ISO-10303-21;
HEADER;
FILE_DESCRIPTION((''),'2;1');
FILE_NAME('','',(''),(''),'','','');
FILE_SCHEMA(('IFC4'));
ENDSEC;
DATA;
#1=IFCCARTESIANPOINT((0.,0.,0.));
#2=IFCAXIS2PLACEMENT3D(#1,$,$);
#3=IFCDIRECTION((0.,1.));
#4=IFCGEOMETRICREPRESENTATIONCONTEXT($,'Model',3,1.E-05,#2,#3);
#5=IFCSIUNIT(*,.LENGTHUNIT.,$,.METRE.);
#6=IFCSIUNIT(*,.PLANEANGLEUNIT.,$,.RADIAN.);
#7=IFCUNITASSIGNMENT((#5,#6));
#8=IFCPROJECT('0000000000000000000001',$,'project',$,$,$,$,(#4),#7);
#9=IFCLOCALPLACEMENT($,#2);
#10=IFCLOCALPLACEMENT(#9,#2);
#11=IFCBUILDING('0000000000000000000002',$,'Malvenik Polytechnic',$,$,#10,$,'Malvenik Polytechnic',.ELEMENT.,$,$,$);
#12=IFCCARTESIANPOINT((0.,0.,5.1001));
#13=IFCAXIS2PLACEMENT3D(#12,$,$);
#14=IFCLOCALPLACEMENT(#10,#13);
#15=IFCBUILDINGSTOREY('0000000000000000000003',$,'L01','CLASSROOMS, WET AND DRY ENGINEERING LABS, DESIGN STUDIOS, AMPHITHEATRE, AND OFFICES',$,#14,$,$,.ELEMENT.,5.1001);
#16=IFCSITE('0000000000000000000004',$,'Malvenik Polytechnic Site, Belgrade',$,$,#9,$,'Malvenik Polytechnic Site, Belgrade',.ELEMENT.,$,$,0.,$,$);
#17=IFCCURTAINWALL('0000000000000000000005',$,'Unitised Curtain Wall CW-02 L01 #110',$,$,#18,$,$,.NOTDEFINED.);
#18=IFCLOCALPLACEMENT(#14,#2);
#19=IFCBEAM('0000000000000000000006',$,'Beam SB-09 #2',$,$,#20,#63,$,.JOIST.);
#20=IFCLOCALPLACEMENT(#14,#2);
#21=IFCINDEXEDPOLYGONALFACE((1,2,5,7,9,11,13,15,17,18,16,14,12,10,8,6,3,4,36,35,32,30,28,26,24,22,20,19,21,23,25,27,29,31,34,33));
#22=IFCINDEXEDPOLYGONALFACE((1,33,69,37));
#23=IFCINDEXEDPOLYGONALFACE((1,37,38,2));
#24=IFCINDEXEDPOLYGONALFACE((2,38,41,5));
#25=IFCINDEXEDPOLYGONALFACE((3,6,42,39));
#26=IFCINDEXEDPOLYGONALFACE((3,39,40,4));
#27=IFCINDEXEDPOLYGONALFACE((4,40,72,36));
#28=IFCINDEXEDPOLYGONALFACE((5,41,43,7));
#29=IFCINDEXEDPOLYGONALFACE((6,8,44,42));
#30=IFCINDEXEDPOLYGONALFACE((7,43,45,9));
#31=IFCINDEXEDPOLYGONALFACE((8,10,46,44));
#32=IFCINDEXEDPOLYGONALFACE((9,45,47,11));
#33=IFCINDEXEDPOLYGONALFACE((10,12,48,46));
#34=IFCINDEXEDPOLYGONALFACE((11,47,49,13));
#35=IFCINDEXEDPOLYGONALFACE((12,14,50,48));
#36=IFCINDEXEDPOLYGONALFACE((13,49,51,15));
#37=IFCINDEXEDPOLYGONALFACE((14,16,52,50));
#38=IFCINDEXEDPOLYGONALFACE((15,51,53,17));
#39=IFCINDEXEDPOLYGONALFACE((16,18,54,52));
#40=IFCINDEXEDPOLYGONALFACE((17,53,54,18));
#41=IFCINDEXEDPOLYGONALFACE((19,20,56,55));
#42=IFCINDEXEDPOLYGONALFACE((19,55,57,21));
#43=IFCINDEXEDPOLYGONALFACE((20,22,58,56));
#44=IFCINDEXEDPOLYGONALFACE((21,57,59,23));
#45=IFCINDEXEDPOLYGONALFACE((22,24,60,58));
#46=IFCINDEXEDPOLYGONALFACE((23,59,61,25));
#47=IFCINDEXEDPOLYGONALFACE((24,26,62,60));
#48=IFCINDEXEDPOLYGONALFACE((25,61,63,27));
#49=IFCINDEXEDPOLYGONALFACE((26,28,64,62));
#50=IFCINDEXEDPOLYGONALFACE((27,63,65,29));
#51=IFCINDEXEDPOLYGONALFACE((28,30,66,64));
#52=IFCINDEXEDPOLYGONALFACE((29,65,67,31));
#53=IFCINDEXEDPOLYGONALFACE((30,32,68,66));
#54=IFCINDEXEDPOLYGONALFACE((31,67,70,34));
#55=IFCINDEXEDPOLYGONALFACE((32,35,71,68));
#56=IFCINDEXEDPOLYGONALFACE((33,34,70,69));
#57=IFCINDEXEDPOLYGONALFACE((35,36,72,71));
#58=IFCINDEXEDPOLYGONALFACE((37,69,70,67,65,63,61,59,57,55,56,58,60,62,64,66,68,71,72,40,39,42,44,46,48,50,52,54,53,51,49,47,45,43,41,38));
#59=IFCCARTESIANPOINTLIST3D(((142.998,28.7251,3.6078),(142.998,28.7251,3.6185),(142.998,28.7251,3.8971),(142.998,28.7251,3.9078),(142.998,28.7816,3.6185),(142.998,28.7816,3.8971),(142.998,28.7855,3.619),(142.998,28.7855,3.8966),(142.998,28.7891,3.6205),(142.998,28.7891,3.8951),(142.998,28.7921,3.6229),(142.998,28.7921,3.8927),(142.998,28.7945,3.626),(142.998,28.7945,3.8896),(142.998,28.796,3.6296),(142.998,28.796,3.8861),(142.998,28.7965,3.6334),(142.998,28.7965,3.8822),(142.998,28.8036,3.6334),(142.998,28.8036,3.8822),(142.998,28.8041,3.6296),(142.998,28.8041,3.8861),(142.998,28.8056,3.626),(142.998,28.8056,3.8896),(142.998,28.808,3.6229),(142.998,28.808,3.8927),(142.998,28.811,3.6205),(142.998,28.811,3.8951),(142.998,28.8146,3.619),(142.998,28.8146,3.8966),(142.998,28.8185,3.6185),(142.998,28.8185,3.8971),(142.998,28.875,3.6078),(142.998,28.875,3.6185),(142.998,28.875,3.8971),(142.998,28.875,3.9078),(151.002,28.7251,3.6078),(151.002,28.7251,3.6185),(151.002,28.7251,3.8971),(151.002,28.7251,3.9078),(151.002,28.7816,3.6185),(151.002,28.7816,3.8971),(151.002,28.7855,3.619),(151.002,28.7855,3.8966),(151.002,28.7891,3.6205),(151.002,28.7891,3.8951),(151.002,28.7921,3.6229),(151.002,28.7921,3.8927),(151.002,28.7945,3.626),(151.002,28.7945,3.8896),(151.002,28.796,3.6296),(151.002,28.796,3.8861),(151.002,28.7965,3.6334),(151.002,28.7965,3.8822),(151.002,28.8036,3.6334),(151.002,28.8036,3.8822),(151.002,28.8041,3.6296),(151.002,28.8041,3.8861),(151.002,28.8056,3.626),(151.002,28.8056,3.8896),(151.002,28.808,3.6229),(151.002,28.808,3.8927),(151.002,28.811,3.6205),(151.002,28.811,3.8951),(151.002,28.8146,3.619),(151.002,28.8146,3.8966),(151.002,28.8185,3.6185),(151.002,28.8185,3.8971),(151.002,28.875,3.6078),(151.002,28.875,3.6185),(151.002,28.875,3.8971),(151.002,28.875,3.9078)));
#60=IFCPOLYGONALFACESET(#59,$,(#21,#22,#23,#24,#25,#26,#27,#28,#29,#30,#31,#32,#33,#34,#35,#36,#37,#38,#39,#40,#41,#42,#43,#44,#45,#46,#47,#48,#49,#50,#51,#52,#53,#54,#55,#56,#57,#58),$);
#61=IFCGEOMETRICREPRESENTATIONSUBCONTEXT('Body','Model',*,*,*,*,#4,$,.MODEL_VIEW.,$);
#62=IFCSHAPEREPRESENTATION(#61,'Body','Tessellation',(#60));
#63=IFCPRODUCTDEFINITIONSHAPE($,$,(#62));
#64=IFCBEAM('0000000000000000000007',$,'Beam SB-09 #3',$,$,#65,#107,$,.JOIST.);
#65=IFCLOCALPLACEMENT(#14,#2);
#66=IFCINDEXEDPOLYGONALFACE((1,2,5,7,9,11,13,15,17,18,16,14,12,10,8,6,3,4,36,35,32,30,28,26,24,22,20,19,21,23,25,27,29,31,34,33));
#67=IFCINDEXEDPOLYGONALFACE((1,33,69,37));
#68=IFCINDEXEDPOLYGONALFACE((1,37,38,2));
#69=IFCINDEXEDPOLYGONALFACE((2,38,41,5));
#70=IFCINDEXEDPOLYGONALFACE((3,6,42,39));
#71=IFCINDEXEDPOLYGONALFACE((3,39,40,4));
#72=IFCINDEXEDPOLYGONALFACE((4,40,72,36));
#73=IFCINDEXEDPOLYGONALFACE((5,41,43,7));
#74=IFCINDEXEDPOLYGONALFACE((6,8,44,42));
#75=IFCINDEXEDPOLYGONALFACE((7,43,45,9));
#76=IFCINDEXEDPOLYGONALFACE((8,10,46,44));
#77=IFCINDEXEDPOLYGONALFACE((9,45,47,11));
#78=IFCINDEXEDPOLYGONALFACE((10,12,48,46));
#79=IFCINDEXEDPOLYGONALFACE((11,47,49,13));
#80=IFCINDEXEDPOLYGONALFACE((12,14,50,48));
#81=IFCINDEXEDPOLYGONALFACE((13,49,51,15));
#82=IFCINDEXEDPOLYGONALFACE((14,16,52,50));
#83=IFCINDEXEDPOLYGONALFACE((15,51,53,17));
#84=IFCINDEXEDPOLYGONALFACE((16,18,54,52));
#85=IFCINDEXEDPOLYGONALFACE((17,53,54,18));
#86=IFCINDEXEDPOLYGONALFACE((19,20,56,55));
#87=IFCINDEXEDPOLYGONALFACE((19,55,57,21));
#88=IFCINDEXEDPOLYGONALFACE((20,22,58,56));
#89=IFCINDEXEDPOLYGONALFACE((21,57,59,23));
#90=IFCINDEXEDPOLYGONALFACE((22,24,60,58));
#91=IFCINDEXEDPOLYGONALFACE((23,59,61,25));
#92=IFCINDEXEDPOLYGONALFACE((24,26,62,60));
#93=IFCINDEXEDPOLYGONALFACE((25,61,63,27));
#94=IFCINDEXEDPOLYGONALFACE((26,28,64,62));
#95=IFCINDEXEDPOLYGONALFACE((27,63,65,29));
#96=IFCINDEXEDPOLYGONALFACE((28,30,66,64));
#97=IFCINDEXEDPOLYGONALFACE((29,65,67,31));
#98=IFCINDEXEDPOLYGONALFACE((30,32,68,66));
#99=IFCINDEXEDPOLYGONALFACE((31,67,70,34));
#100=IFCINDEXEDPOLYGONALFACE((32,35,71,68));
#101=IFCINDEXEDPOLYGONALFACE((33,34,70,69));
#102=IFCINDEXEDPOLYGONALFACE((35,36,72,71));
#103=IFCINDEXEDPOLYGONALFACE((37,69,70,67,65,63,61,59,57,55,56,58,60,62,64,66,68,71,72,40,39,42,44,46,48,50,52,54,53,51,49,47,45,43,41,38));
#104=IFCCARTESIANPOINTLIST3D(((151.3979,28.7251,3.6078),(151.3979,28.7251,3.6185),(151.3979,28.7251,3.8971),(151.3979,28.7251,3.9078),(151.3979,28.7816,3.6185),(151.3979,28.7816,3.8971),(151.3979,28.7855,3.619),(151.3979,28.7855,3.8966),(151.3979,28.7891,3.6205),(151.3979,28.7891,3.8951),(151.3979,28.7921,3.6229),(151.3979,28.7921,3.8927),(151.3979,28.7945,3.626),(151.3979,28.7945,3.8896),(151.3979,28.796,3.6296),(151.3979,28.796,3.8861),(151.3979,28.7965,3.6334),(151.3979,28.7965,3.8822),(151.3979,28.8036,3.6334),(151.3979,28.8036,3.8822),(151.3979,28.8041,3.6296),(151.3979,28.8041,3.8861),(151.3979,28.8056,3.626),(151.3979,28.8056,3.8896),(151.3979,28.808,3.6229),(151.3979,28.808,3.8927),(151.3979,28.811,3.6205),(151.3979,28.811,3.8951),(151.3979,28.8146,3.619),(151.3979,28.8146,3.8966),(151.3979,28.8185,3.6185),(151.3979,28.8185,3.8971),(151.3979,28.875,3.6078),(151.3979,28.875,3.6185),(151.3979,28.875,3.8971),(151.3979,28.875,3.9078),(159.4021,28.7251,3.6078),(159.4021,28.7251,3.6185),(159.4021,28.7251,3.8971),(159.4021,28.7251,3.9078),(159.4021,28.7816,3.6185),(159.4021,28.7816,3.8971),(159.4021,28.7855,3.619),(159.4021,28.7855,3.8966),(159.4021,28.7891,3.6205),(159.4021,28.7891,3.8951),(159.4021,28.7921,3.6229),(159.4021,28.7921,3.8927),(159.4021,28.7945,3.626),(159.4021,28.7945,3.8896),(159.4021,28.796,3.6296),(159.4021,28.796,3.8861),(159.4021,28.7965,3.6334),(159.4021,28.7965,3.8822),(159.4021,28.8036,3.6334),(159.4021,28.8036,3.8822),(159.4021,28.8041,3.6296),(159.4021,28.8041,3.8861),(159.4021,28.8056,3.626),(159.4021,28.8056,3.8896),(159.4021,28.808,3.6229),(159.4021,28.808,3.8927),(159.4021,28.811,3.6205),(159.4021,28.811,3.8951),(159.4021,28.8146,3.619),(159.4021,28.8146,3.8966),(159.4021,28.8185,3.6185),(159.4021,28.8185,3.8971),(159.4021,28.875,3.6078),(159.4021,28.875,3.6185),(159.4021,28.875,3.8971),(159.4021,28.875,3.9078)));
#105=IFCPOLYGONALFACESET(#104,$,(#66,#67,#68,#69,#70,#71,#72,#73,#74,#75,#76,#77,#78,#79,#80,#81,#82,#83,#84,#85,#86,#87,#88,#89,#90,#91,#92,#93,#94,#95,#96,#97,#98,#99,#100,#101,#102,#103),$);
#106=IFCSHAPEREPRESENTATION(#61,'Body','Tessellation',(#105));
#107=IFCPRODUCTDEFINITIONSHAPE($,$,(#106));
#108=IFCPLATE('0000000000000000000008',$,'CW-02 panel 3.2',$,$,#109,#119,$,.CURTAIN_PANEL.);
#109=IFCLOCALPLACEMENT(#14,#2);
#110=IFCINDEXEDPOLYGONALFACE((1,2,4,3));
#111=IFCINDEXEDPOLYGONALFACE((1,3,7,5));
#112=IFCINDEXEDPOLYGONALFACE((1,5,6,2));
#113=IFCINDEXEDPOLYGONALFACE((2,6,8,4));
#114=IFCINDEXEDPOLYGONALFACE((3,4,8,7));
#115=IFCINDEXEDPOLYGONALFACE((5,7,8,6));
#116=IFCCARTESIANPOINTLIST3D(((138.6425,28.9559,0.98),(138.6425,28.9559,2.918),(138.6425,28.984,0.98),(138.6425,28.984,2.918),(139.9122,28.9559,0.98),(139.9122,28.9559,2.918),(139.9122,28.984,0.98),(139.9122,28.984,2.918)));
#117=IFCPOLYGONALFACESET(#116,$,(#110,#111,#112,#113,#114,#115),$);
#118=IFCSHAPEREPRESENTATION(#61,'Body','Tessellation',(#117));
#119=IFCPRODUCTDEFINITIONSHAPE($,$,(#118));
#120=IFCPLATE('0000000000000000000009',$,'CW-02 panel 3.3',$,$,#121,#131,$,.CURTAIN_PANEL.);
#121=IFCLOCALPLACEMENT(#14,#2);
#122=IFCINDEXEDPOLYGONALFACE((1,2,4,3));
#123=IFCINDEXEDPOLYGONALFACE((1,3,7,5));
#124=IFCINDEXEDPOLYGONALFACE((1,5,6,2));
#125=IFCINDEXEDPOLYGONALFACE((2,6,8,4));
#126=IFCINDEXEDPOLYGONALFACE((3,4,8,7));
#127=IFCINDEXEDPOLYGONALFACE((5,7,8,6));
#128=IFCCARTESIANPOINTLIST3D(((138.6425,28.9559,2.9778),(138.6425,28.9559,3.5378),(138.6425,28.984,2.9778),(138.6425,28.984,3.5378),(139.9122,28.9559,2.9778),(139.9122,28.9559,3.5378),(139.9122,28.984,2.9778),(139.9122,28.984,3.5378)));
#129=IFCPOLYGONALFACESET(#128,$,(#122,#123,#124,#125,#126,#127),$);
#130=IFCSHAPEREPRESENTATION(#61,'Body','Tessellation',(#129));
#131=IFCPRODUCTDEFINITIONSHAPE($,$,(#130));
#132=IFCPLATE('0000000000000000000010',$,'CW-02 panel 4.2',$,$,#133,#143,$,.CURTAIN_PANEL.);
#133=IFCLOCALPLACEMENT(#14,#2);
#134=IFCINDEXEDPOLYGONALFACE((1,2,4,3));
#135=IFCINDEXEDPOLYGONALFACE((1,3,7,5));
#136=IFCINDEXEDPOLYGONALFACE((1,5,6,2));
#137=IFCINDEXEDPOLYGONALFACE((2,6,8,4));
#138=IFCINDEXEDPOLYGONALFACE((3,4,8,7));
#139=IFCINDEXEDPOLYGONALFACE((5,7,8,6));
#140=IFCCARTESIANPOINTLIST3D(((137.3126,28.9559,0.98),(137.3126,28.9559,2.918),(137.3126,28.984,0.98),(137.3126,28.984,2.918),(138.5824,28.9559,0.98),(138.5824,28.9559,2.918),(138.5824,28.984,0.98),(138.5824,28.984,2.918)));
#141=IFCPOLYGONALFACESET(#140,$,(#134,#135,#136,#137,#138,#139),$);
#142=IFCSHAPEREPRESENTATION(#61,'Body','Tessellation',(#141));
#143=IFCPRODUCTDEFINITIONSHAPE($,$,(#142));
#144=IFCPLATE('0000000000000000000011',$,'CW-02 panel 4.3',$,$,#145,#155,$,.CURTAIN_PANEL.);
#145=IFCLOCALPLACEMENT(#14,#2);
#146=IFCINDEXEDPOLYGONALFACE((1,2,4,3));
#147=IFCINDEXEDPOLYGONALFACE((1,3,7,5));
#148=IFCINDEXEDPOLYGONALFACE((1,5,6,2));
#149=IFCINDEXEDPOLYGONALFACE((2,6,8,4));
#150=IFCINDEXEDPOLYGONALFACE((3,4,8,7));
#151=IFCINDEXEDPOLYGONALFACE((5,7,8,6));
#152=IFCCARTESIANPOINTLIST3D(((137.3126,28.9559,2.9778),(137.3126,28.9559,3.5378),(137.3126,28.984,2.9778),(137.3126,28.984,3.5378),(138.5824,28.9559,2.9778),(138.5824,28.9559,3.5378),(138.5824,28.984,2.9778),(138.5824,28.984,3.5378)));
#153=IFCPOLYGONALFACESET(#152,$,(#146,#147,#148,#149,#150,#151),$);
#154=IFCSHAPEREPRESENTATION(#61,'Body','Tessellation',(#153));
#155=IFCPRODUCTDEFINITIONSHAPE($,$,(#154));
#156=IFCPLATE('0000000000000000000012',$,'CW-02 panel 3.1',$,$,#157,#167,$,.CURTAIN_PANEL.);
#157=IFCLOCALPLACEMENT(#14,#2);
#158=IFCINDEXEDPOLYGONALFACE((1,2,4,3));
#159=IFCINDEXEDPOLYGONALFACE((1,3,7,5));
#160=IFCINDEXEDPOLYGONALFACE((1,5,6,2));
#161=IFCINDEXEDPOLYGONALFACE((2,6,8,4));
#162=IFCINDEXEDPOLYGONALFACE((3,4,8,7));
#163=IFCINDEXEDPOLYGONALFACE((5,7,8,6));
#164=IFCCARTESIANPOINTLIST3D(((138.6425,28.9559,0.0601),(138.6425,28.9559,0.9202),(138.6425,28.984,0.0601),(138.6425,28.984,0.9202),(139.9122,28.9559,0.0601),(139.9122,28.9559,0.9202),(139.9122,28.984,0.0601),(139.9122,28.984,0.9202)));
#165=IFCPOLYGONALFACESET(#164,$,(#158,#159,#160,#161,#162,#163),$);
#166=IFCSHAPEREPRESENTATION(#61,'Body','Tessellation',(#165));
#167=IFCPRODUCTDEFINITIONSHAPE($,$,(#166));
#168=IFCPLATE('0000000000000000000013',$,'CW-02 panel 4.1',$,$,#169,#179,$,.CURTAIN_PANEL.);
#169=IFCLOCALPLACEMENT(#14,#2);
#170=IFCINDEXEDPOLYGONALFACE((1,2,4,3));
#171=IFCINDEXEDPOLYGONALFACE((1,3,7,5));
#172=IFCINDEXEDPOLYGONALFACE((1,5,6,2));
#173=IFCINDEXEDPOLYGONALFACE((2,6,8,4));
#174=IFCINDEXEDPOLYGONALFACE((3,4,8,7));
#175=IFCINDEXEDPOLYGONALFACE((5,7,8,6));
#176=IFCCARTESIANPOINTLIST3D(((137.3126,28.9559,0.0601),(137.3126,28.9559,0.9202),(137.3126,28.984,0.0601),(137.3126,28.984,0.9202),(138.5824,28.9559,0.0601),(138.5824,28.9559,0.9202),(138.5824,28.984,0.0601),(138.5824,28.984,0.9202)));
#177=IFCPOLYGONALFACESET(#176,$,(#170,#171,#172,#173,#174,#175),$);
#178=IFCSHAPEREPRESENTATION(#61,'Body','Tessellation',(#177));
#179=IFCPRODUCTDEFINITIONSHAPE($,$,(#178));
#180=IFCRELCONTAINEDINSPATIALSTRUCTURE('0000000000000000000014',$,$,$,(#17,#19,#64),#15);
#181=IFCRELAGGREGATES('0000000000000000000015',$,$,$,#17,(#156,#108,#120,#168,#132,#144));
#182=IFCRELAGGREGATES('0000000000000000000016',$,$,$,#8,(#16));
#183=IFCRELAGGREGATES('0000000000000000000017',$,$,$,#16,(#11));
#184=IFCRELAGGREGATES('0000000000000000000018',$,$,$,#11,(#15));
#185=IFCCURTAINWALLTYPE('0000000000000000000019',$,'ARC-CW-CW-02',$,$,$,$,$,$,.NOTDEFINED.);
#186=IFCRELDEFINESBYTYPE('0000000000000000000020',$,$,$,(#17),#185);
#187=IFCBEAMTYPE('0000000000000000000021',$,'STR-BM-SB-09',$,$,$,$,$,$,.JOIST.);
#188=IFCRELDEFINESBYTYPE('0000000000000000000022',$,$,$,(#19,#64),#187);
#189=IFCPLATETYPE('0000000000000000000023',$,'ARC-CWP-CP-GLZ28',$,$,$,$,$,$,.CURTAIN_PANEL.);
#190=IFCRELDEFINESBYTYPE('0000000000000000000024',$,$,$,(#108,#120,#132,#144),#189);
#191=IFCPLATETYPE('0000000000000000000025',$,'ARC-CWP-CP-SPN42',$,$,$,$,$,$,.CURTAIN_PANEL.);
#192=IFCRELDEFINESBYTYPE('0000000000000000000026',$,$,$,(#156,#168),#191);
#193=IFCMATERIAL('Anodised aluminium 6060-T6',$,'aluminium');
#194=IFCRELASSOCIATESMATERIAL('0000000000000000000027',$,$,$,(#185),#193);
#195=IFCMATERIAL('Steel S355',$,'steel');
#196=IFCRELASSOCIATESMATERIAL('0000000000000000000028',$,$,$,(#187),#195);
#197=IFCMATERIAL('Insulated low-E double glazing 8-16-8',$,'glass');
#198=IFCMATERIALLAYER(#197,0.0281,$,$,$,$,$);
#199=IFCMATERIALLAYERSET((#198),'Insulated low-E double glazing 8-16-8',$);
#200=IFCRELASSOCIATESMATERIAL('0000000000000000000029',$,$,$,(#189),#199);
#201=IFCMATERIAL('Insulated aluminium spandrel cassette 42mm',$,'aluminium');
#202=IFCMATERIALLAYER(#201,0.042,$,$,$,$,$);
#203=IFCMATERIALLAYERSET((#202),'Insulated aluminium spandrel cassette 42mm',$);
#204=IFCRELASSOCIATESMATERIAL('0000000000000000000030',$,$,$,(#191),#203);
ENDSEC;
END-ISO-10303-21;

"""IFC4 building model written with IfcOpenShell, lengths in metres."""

from ifc_helpers import new_model, si_unit, direction, frame, origin, origin_2d, place, context, subcontext, project, spatial, rectangle, i_section, extrude, material, layer, layer_set, material_profile, profile_set, type_object, element, aggregate, save


model = new_model("IFC4")

# Units and contexts
model_context = context("Model", 3, precision=1e-05, world=origin(), true_north=direction((0.0, 1.0)))
body_context = subcontext(model_context, "Body", "Model", "MODEL_VIEW")
ifc_project = project(units=[si_unit("LENGTHUNIT", "METRE"), si_unit("PLANEANGLEUNIT", "RADIAN")], contexts=[model_context])

# Site, building, storey
site_placement = place(None, origin())
site = spatial("IfcSite", under=ifc_project, at=site_placement, Name="Malvenik Polytechnic Site, Belgrade", LongName="Malvenik Polytechnic Site, Belgrade", CompositionType="ELEMENT", RefElevation=0.0)
building_placement = place(site_placement, origin())
building = spatial("IfcBuilding", under=site, at=building_placement, Name="Malvenik Polytechnic", LongName="Malvenik Polytechnic", CompositionType="ELEMENT")
storey_placement = place(building_placement, frame((0.0, 0.0, 5.1001)))
storey = spatial("IfcBuildingStorey", under=building, at=storey_placement, Name="L01", Description="CLASSROOMS, WET AND DRY ENGINEERING LABS, DESIGN STUDIOS, AMPHITHEATRE, AND OFFICES", CompositionType="ELEMENT", Elevation=5.1001)

# Curtain wall
ifc_material_1 = material(Name="Anodised aluminium 6060-T6", Category="aluminium")
curtain_wall_type = type_object("IfcCurtainWallType", Name="ARC-CW-CW-02", PredefinedType="NOTDEFINED", material=ifc_material_1)
curtain_wall_placement = place(storey_placement, origin())
curtain_wall = element("IfcCurtainWall", 1, at=curtain_wall_placement, inside=storey, type_object=curtain_wall_type, Name="Unitised Curtain Wall CW-02 L01 #110", PredefinedType="NOTDEFINED")

# Beams
ifc_material_2 = material(Name="Steel S355", Category="steel")
ifc_material_profile_1 = material_profile(ifc_material_2, i_section(OverallWidth=0.1499, OverallDepth=0.3, WebThickness=0.0071, FlangeThickness=0.0107, FilletRadius=0.0149, at=origin_2d()), Name="IPE 300")
ifc_profile_set_1 = profile_set([ifc_material_profile_1], Name="Steel S355")
beam_type = type_object("IfcBeamType", Name="STR-BM-SB-09", PredefinedType="JOIST", material=ifc_profile_set_1)
beam_1_placement = place(storey_placement, frame((142.998, 28.8, 3.7578), z_axis=(1.0, 0.0, 0.0), x_axis=(0.0, 1.0, 0.0)))
element("IfcBeam", 2, at=beam_1_placement, inside=storey, type_object=beam_type, Name="Beam SB-09 #2", PredefinedType="JOIST", context=body_context, shape_type="SweptSolid", body=[
    extrude(i_section(OverallWidth=0.1499, OverallDepth=0.3, WebThickness=0.0071, FlangeThickness=0.0107, FilletRadius=0.0149, at=origin_2d()), origin(), (0.0, 0.0, 1.0), 8.0039),
])
beam_2_placement = place(storey_placement, frame((151.3979, 28.8, 3.7578), z_axis=(1.0, 0.0, 0.0), x_axis=(0.0, 1.0, 0.0)))
element("IfcBeam", 3, at=beam_2_placement, inside=storey, type_object=beam_type, Name="Beam SB-09 #3", PredefinedType="JOIST", context=body_context, shape_type="SweptSolid", body=[
    extrude(i_section(OverallWidth=0.1499, OverallDepth=0.3, WebThickness=0.0071, FlangeThickness=0.0107, FilletRadius=0.0149, at=origin_2d()), origin(), (0.0, 0.0, 1.0), 8.0042),
])

# Plates
ifc_material_3 = material(Name="Insulated low-E double glazing 8-16-8", Category="glass")
ifc_layer_1 = layer(ifc_material_3, 0.0281)
ifc_layer_set_1 = layer_set([ifc_layer_1], Name="Insulated low-E double glazing 8-16-8")
plate_type_1 = type_object("IfcPlateType", Name="ARC-CWP-CP-GLZ28", PredefinedType="CURTAIN_PANEL", material=ifc_layer_set_1)
plate_1_placement = place(storey_placement, frame((139.2773, 28.97, 0.98), z_axis=(0.0, 0.0, 1.0), x_axis=(-1.0, 0.0, 0.0)))
plate_1 = element("IfcPlate", 4, at=plate_1_placement, type_object=plate_type_1, Name="CW-02 panel 3.2", PredefinedType="CURTAIN_PANEL", context=body_context, shape_type="SweptSolid", body=[
    extrude(rectangle(XDim=1.2698, YDim=0.0281, at=origin_2d()), origin(), (0.0, 0.0, 1.0), 1.938),
])
plate_2_placement = place(storey_placement, frame((139.2773, 28.97, 2.9778), z_axis=(0.0, 0.0, 1.0), x_axis=(-1.0, 0.0, 0.0)))
plate_2 = element("IfcPlate", 5, at=plate_2_placement, type_object=plate_type_1, Name="CW-02 panel 3.3", PredefinedType="CURTAIN_PANEL", context=body_context, shape_type="SweptSolid", body=[
    extrude(rectangle(XDim=1.2698, YDim=0.0281, at=origin_2d()), origin(), (0.0, 0.0, 1.0), 0.5601),
])
plate_3_placement = place(storey_placement, frame((137.9475, 28.97, 0.98), z_axis=(0.0, 0.0, 1.0), x_axis=(-1.0, 0.0, 0.0)))
plate_3 = element("IfcPlate", 6, at=plate_3_placement, type_object=plate_type_1, Name="CW-02 panel 4.2", PredefinedType="CURTAIN_PANEL", context=body_context, shape_type="SweptSolid", body=[
    extrude(rectangle(XDim=1.2698, YDim=0.0281, at=origin_2d()), origin(), (0.0, 0.0, 1.0), 1.938),
])
plate_4_placement = place(storey_placement, frame((137.9475, 28.97, 2.9778), z_axis=(0.0, 0.0, 1.0), x_axis=(-1.0, 0.0, 0.0)))
plate_4 = element("IfcPlate", 7, at=plate_4_placement, type_object=plate_type_1, Name="CW-02 panel 4.3", PredefinedType="CURTAIN_PANEL", context=body_context, shape_type="SweptSolid", body=[
    extrude(rectangle(XDim=1.2698, YDim=0.0281, at=origin_2d()), origin(), (0.0, 0.0, 1.0), 0.5601),
])
ifc_material_4 = material(Name="Insulated aluminium spandrel cassette 42mm", Category="aluminium")
ifc_layer_2 = layer(ifc_material_4, 0.042)
ifc_layer_set_2 = layer_set([ifc_layer_2], Name="Insulated aluminium spandrel cassette 42mm")
plate_type_2 = type_object("IfcPlateType", Name="ARC-CWP-CP-SPN42", PredefinedType="CURTAIN_PANEL", material=ifc_layer_set_2)
plate_5_placement = place(storey_placement, frame((139.2773, 28.97, 0.0601), z_axis=(0.0, 0.0, 1.0), x_axis=(-1.0, 0.0, 0.0)))
plate_5 = element("IfcPlate", 8, at=plate_5_placement, type_object=plate_type_2, Name="CW-02 panel 3.1", PredefinedType="CURTAIN_PANEL", context=body_context, shape_type="SweptSolid", body=[
    extrude(rectangle(XDim=1.2698, YDim=0.0281, at=origin_2d()), origin(), (0.0, 0.0, 1.0), 0.8601),
])
plate_6_placement = place(storey_placement, frame((137.9475, 28.97, 0.0601), z_axis=(0.0, 0.0, 1.0), x_axis=(-1.0, 0.0, 0.0)))
plate_6 = element("IfcPlate", 9, at=plate_6_placement, type_object=plate_type_2, Name="CW-02 panel 4.1", PredefinedType="CURTAIN_PANEL", context=body_context, shape_type="SweptSolid", body=[
    extrude(rectangle(XDim=1.2698, YDim=0.0281, at=origin_2d()), origin(), (0.0, 0.0, 1.0), 0.8601),
])
aggregate(curtain_wall, [plate_5, plate_1, plate_2, plate_6, plate_3, plate_4])

save(model, "model.ifc")
